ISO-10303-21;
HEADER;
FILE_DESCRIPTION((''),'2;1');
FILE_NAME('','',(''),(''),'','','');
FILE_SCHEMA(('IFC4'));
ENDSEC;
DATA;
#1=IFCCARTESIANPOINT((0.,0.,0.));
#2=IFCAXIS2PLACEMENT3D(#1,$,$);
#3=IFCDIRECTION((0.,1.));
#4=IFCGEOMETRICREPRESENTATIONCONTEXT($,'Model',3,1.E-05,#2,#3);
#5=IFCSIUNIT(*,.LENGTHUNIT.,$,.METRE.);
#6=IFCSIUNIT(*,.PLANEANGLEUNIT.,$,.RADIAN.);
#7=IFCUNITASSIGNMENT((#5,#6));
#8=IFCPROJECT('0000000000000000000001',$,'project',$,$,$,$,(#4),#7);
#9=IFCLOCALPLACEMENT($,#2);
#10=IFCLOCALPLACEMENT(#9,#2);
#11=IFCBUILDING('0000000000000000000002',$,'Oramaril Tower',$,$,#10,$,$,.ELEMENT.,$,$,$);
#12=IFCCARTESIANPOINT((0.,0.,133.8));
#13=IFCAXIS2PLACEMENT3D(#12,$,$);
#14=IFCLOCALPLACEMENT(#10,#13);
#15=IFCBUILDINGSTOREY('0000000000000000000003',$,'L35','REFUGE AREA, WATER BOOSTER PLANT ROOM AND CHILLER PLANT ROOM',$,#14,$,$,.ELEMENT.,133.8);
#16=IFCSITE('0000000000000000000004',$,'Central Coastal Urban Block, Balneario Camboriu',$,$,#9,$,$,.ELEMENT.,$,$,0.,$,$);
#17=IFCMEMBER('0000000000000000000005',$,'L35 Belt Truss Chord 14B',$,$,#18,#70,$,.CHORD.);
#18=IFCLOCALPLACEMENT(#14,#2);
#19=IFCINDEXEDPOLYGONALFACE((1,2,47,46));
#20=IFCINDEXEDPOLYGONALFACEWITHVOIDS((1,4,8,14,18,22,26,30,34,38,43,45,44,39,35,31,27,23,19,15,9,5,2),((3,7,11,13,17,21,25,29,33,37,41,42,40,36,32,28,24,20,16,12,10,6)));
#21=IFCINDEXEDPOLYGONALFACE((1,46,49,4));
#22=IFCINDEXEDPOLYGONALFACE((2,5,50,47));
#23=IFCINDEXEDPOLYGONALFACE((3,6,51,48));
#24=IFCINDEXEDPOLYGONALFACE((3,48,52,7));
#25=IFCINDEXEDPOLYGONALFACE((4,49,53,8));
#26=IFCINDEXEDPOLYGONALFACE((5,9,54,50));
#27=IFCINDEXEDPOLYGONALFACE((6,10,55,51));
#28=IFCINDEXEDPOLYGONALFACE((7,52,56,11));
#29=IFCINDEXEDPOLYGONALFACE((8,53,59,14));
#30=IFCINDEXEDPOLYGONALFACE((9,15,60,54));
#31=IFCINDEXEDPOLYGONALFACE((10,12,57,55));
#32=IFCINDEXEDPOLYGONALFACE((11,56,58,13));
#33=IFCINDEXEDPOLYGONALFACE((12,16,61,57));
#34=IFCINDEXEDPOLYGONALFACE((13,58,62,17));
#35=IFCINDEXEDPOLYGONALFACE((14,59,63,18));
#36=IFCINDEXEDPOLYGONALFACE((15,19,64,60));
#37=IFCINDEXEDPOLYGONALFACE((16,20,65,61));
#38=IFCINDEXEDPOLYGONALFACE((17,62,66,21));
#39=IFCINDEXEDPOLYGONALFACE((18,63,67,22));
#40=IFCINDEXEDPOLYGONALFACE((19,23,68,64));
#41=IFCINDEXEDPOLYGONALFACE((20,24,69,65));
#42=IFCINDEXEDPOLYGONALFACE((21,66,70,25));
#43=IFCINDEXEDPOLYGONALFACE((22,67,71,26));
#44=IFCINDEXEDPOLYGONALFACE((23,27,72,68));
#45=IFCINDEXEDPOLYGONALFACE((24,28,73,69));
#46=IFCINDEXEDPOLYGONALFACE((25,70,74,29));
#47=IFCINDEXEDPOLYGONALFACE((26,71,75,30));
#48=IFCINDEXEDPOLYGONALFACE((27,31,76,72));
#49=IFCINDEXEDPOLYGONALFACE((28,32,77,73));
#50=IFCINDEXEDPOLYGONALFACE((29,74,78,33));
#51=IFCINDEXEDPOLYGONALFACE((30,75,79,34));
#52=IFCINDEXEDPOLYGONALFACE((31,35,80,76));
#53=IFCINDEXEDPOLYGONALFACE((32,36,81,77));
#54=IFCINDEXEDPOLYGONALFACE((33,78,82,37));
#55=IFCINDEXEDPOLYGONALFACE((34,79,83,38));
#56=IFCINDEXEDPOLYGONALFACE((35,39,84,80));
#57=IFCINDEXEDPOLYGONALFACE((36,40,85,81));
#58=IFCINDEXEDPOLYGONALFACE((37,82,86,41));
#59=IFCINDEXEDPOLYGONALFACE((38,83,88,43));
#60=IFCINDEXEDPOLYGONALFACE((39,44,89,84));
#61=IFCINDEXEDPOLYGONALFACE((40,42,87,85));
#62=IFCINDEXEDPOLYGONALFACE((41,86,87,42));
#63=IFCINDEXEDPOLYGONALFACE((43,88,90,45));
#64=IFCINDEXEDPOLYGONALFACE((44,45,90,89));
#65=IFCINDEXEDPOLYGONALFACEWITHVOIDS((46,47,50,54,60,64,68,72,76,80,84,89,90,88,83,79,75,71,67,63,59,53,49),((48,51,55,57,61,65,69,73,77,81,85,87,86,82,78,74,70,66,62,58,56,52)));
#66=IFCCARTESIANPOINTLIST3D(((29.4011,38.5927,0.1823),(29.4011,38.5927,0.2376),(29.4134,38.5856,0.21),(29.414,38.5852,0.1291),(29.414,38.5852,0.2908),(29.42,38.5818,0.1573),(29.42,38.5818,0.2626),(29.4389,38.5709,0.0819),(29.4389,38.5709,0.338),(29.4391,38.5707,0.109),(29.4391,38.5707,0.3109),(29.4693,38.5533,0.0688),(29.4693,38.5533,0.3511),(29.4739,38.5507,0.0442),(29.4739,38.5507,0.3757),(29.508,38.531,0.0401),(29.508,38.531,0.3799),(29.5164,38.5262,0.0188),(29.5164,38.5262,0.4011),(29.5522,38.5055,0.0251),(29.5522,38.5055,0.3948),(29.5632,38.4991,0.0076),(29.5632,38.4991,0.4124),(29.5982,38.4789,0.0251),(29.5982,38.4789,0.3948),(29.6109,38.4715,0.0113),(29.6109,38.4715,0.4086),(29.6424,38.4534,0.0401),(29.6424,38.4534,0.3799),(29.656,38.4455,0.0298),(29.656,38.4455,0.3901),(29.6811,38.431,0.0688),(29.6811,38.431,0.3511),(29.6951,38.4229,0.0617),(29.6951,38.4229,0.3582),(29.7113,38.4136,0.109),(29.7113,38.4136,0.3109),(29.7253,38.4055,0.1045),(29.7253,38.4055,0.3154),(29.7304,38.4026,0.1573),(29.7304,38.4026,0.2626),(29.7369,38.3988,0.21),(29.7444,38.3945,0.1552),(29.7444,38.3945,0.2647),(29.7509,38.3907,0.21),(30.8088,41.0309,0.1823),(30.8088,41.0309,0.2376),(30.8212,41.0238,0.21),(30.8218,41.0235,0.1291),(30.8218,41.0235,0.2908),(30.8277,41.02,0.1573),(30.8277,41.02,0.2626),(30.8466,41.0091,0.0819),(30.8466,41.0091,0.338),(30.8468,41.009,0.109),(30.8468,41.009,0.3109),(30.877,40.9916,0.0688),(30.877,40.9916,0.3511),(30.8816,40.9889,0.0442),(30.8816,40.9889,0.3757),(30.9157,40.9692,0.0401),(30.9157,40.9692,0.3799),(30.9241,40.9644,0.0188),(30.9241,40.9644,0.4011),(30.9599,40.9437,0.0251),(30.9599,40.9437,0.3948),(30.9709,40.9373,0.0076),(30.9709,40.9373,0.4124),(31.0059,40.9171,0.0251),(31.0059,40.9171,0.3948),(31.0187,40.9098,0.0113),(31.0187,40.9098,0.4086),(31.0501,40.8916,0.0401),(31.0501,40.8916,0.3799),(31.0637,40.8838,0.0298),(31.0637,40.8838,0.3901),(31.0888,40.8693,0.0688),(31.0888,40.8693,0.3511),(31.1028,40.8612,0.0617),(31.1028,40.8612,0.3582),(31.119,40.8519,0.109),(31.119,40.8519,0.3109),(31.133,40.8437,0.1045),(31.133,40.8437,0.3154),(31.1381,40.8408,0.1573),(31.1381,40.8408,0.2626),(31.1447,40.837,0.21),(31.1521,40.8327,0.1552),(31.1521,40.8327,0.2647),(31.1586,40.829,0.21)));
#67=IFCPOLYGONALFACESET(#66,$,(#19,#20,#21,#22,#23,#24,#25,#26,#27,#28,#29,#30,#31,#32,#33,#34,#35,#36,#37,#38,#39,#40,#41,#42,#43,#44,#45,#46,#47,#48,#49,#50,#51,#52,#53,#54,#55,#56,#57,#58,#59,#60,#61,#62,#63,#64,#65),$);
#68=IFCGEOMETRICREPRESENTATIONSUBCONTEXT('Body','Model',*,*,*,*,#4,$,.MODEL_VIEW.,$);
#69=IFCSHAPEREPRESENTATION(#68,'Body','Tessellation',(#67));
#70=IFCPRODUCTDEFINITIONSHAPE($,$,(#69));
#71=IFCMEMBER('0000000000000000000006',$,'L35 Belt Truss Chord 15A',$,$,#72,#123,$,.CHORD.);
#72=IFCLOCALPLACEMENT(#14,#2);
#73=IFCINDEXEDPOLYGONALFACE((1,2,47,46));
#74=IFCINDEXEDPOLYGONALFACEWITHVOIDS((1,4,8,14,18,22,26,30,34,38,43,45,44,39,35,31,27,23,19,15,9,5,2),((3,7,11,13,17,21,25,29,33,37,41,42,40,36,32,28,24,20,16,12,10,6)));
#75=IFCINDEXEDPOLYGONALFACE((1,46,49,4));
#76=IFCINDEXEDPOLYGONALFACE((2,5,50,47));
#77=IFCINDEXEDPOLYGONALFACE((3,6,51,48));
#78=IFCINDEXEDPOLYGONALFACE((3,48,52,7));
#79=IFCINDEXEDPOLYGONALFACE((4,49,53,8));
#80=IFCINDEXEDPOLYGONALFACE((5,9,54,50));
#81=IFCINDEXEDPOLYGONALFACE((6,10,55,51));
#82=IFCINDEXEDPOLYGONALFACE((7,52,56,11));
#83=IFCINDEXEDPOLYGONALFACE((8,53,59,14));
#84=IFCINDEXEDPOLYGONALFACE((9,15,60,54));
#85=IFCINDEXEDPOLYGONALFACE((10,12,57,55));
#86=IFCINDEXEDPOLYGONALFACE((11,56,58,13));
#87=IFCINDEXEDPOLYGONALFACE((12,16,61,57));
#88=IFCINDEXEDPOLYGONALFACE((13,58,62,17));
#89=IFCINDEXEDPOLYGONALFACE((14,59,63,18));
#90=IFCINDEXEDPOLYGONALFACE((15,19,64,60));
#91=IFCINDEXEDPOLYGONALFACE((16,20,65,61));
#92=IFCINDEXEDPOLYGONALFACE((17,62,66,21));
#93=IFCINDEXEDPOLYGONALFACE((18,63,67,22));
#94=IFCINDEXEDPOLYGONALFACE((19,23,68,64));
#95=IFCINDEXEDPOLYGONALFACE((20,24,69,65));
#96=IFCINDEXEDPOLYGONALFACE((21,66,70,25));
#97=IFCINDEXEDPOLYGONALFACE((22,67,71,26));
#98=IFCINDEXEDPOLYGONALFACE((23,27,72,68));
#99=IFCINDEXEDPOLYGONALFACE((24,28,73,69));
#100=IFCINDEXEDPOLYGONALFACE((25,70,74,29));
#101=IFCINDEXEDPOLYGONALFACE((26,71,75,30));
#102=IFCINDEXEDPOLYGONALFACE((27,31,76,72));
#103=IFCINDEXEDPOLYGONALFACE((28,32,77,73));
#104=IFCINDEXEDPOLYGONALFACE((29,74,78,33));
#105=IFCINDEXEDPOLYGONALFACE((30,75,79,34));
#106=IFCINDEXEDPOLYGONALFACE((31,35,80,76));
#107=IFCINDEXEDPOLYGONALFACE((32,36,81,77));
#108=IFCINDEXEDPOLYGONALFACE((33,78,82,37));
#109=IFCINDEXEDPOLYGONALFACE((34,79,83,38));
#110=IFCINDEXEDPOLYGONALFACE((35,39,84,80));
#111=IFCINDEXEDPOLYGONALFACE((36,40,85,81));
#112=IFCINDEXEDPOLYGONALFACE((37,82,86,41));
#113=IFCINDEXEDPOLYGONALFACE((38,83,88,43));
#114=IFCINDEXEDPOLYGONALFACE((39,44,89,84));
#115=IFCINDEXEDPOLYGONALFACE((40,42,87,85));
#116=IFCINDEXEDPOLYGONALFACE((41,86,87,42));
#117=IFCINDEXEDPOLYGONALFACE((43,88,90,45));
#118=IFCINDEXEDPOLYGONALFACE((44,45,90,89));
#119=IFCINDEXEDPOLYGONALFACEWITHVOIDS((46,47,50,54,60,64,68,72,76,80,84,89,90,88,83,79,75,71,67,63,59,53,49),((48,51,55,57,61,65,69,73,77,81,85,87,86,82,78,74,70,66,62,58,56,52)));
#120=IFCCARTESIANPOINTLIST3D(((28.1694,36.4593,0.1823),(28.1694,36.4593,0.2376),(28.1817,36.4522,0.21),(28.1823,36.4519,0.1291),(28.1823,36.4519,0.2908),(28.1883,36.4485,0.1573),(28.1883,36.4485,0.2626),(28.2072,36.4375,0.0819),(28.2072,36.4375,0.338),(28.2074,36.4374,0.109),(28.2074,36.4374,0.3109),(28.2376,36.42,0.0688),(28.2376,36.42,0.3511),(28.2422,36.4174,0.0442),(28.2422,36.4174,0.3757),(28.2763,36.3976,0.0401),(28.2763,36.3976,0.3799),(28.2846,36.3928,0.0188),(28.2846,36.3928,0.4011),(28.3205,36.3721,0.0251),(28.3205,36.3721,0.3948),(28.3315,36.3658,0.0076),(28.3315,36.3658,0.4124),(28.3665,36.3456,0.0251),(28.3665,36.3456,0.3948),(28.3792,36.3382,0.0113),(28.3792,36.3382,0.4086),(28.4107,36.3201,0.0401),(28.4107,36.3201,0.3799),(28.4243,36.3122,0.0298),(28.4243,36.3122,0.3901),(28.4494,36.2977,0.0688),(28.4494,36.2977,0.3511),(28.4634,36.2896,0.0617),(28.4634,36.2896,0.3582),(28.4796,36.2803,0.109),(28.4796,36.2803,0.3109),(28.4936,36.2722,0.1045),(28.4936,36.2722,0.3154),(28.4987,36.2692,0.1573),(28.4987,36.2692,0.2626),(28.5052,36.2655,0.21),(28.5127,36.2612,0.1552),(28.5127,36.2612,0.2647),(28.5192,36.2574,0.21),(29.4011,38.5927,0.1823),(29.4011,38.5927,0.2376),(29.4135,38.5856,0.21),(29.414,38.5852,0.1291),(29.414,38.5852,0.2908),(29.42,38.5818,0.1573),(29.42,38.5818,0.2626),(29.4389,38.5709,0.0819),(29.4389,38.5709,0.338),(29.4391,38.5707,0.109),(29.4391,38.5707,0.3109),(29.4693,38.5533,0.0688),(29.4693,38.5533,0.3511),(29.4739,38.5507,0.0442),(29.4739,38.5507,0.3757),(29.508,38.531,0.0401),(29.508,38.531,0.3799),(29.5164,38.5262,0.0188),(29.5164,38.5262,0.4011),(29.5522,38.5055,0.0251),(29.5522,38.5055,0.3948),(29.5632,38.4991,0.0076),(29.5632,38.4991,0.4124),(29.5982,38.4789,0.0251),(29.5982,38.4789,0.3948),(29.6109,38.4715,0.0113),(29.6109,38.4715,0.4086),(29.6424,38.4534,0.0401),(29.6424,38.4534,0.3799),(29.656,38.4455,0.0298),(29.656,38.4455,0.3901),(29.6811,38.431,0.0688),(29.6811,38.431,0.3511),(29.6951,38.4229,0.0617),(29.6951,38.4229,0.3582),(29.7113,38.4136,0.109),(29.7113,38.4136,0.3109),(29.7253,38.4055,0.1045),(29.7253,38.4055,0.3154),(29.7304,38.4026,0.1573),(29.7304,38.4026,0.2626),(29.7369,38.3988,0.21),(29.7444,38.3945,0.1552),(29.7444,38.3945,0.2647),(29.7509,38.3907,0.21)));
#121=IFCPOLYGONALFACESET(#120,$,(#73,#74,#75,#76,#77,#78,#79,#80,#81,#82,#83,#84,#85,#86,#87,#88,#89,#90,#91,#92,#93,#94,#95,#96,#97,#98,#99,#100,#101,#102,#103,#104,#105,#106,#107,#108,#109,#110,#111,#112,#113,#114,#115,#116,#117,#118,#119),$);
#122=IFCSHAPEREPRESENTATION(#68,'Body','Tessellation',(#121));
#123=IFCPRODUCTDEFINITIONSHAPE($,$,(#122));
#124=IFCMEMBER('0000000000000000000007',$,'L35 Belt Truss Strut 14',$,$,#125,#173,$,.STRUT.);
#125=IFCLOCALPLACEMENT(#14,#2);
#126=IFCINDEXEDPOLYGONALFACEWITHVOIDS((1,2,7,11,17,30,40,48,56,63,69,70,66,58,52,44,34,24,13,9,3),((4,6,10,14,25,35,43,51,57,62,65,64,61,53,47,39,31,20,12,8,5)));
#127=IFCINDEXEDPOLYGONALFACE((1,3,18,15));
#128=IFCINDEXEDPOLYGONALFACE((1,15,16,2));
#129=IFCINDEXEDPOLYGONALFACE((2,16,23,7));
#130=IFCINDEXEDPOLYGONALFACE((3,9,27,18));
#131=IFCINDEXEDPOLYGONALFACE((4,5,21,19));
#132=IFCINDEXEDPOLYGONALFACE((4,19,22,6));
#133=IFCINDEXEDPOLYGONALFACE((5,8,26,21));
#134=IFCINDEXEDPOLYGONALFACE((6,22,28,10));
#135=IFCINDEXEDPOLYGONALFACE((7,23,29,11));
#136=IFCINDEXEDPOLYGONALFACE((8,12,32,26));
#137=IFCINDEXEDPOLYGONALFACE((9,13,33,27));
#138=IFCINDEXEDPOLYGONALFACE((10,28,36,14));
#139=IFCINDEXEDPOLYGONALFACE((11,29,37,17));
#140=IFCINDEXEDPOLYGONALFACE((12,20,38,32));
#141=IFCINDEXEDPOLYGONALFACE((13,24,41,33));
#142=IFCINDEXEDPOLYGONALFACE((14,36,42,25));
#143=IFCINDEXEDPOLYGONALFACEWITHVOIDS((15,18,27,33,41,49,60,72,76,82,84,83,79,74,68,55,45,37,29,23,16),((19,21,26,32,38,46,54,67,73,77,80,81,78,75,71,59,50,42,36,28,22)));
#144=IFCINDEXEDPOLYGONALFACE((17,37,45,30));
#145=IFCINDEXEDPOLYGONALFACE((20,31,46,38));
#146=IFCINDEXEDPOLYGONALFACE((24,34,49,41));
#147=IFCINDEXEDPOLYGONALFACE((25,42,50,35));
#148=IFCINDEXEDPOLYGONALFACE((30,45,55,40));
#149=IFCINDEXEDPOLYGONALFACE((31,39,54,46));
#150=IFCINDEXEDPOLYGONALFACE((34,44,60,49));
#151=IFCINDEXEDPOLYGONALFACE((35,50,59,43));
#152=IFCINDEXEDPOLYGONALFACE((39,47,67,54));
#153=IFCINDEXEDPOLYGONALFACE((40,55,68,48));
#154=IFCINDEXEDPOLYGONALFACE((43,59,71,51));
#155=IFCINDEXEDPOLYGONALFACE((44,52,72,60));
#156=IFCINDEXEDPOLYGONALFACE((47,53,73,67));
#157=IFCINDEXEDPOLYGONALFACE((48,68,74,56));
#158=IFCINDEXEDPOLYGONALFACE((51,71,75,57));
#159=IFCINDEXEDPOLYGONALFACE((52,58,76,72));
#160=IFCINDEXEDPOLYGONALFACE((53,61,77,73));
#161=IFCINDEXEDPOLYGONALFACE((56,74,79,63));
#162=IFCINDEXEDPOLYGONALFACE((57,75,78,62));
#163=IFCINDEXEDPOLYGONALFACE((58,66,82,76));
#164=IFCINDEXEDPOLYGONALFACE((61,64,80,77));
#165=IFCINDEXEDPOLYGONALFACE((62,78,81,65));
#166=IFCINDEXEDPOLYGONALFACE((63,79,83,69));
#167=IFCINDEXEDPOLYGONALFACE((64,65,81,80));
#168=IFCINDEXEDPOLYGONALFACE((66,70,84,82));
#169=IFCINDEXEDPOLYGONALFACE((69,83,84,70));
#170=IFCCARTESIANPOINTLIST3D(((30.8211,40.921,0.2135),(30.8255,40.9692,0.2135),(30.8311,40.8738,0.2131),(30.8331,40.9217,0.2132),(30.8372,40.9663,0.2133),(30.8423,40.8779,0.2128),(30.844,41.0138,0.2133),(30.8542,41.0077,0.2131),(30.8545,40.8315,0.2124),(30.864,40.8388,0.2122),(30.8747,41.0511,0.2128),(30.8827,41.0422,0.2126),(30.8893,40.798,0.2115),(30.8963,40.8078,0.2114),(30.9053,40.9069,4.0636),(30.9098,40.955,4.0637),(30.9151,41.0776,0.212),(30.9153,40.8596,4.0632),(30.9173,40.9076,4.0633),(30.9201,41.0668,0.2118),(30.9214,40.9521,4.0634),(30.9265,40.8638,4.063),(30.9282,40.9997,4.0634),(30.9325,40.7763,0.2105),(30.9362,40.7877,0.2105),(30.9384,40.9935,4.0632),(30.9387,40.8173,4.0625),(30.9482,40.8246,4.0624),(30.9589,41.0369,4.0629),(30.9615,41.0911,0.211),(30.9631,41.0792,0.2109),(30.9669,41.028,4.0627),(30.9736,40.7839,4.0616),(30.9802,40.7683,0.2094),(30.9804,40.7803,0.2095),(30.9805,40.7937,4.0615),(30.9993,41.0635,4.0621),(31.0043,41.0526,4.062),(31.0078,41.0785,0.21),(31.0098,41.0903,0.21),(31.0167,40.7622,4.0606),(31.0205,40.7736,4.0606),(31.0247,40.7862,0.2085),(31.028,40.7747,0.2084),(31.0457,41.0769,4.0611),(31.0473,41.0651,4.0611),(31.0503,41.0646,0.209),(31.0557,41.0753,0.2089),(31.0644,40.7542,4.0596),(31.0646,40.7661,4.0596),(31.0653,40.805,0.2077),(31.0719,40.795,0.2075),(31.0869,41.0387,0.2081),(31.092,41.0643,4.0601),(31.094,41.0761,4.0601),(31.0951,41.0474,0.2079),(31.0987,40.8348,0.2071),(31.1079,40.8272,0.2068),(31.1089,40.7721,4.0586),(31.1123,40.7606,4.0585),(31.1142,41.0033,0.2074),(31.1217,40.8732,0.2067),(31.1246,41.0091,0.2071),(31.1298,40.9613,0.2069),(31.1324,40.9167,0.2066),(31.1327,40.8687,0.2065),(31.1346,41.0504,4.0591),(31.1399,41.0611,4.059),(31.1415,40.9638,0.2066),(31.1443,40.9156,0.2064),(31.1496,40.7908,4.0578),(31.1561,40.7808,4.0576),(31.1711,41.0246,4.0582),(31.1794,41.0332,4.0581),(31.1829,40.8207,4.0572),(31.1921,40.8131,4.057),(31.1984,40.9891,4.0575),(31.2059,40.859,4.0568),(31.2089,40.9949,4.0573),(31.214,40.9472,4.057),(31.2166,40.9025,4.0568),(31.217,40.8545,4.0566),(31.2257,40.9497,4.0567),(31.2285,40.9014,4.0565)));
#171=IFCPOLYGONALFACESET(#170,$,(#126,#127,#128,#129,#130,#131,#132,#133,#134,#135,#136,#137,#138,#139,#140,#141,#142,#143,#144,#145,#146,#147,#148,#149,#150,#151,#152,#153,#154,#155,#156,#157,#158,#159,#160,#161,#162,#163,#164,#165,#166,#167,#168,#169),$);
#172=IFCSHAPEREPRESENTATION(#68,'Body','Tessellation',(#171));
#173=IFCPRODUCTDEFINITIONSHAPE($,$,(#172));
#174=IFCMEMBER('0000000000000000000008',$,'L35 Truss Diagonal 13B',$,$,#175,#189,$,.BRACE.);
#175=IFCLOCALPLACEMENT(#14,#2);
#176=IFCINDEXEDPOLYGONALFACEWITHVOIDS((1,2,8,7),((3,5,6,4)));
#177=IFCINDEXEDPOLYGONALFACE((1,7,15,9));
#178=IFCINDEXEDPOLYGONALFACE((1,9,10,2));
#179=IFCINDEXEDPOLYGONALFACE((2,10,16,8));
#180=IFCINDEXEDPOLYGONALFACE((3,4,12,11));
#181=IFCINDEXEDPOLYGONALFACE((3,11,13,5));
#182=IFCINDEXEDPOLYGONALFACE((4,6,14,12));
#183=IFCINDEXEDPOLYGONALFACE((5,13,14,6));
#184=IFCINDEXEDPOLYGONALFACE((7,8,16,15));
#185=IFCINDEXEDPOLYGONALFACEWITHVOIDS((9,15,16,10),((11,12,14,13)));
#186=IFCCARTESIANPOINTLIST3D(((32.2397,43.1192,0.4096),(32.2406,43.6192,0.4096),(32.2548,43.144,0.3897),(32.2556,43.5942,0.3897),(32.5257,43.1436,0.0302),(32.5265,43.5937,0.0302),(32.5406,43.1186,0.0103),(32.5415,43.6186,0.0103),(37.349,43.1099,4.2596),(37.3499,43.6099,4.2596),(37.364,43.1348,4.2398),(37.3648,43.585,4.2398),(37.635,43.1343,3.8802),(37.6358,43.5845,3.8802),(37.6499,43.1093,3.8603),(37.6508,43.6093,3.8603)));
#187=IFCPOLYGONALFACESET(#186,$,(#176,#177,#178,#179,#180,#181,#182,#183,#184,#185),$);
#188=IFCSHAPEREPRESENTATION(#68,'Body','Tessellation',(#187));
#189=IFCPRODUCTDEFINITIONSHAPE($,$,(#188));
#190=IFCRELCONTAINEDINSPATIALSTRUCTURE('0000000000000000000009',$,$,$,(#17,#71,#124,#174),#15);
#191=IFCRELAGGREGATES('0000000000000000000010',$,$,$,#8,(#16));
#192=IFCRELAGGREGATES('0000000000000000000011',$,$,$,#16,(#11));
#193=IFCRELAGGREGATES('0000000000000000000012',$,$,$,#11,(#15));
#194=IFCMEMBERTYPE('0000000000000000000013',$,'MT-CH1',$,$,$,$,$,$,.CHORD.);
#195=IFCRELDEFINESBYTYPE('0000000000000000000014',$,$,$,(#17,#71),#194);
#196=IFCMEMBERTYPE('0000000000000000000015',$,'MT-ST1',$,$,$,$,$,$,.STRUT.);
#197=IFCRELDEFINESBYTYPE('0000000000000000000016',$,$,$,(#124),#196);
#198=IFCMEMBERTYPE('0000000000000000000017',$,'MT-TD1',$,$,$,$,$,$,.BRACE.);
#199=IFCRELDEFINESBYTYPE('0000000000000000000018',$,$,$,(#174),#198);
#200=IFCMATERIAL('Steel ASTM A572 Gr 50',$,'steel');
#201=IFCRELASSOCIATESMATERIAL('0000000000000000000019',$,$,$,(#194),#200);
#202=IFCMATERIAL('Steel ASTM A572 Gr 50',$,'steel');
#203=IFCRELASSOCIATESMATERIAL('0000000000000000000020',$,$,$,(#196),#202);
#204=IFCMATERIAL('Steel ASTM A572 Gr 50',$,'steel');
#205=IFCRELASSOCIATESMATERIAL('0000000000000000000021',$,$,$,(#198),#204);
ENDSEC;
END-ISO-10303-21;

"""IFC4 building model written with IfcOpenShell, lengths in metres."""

from ifc_helpers import new_model, si_unit, direction, frame, origin, origin_2d, place, context, subcontext, project, spatial, hollow_rectangle, hollow_circle, extrude, material, material_profile, profile_set, type_object, element, save


model = new_model("IFC4")

# Units and contexts
model_context = context("Model", 3, precision=1e-05, world=origin(), true_north=direction((0.0, 1.0)))
body_context = subcontext(model_context, "Body", "Model", "MODEL_VIEW")
ifc_project = project(units=[si_unit("LENGTHUNIT", "METRE"), si_unit("PLANEANGLEUNIT", "RADIAN")], contexts=[model_context])

# Site, building, storey
site_placement = place(None, origin())
site = spatial("IfcSite", under=ifc_project, at=site_placement, Name="Central Coastal Urban Block, Balneario Camboriu", CompositionType="ELEMENT", RefElevation=0.0)
building_placement = place(site_placement, origin())
building = spatial("IfcBuilding", under=site, at=building_placement, Name="Oramaril Tower", CompositionType="ELEMENT")
storey_placement = place(building_placement, frame((0.0, 0.0, 133.8)))
storey = spatial("IfcBuildingStorey", under=building, at=storey_placement, Name="L35", Description="REFUGE AREA, WATER BOOSTER PLANT ROOM AND CHILLER PLANT ROOM", CompositionType="ELEMENT", Elevation=133.8)

# Members
ifc_material_1 = material(Name="Steel ASTM A572 Gr 50", Category="steel")
ifc_material_profile_1 = material_profile(ifc_material_1, hollow_circle(Radius=0.2029, WallThickness=0.0161, at=origin_2d()), Name="CHS406X16")
ifc_profile_set_1 = profile_set([ifc_material_profile_1], Name="Steel ASTM A572 Gr 50")
member_type_1 = type_object("IfcMemberType", Name="MT-CH1", PredefinedType="CHORD", material=ifc_profile_set_1)
member_1_placement = place(storey_placement, frame((30.9829, 40.9304, 0.21), z_axis=(-0.5, -0.866025, 0.0), x_axis=(0.866025, -0.5, 0.0)))
element("IfcMember", 1, at=member_1_placement, inside=storey, type_object=member_type_1, Name="L35 Belt Truss Chord 14B", PredefinedType="CHORD", context=body_context, shape_type="SweptSolid", body=[
    extrude(hollow_circle(Radius=0.2029, WallThickness=0.0161, at=origin_2d()), origin(), (0.0, 0.0, 1.0), 2.8154),
])
member_2_placement = place(storey_placement, frame((29.5752, 38.4922, 0.21), z_axis=(-0.500008, -0.866021, 0.0), x_axis=(0.866021, -0.500008, 0.0)))
element("IfcMember", 2, at=member_2_placement, inside=storey, type_object=member_type_1, Name="L35 Belt Truss Chord 15A", PredefinedType="CHORD", context=body_context, shape_type="SweptSolid", body=[
    extrude(hollow_circle(Radius=0.2029, WallThickness=0.0161, at=origin_2d()), origin(), (0.0, 0.0, 1.0), 2.4634),
])
ifc_material_2 = material(Name="Steel ASTM A572 Gr 50", Category="steel")
ifc_material_profile_2 = material_profile(ifc_material_2, hollow_circle(Radius=0.1621, WallThickness=0.012, at=origin_2d()), Name="CHS324X12")
ifc_profile_set_2 = profile_set([ifc_material_profile_2], Name="Steel ASTM A572 Gr 50")
member_type_2 = type_object("IfcMemberType", Name="MT-ST1", PredefinedType="STRUT", material=ifc_profile_set_2)
member_3_placement = place(storey_placement, frame((30.9829, 40.9304, 0.21), z_axis=(0.021872, -0.003677, 0.999754), x_axis=(0.165789, 0.986161, 0.0)))
element("IfcMember", 3, at=member_3_placement, inside=storey, type_object=member_type_2, Name="L35 Belt Truss Strut 14", PredefinedType="STRUT", context=body_context, shape_type="SweptSolid", body=[
    extrude(hollow_circle(Radius=0.1621, WallThickness=0.012, at=origin_2d()), origin(), (0.0, 0.0, 1.0), 3.8511),
])
ifc_material_3 = material(Name="Steel ASTM A572 Gr 50", Category="steel")
ifc_material_profile_3 = material_profile(ifc_material_3, hollow_rectangle(XDim=0.5, YDim=0.5, WallThickness=0.0249, at=origin_2d()), Name="HSS500X500X25")
ifc_profile_set_3 = profile_set([ifc_material_profile_3], Name="Steel ASTM A572 Gr 50")
member_type_3 = type_object("IfcMemberType", Name="MT-TD1", PredefinedType="BRACE", material=ifc_profile_set_3)
member_4_placement = place(storey_placement, frame((32.3906, 43.3689, 0.21), z_axis=(0.798642, -0.00145, 0.601805), x_axis=(0.001816, 0.999998, 0.0)))
element("IfcMember", 4, at=member_4_placement, inside=storey, type_object=member_type_3, Name="L35 Truss Diagonal 13B", PredefinedType="BRACE", context=body_context, shape_type="SweptSolid", body=[
    extrude(hollow_rectangle(XDim=0.5, YDim=0.5, WallThickness=0.0249, at=origin_2d()), origin(), (0.0, 0.0, 1.0), 6.3975),
])

save(model, "model.ifc")
